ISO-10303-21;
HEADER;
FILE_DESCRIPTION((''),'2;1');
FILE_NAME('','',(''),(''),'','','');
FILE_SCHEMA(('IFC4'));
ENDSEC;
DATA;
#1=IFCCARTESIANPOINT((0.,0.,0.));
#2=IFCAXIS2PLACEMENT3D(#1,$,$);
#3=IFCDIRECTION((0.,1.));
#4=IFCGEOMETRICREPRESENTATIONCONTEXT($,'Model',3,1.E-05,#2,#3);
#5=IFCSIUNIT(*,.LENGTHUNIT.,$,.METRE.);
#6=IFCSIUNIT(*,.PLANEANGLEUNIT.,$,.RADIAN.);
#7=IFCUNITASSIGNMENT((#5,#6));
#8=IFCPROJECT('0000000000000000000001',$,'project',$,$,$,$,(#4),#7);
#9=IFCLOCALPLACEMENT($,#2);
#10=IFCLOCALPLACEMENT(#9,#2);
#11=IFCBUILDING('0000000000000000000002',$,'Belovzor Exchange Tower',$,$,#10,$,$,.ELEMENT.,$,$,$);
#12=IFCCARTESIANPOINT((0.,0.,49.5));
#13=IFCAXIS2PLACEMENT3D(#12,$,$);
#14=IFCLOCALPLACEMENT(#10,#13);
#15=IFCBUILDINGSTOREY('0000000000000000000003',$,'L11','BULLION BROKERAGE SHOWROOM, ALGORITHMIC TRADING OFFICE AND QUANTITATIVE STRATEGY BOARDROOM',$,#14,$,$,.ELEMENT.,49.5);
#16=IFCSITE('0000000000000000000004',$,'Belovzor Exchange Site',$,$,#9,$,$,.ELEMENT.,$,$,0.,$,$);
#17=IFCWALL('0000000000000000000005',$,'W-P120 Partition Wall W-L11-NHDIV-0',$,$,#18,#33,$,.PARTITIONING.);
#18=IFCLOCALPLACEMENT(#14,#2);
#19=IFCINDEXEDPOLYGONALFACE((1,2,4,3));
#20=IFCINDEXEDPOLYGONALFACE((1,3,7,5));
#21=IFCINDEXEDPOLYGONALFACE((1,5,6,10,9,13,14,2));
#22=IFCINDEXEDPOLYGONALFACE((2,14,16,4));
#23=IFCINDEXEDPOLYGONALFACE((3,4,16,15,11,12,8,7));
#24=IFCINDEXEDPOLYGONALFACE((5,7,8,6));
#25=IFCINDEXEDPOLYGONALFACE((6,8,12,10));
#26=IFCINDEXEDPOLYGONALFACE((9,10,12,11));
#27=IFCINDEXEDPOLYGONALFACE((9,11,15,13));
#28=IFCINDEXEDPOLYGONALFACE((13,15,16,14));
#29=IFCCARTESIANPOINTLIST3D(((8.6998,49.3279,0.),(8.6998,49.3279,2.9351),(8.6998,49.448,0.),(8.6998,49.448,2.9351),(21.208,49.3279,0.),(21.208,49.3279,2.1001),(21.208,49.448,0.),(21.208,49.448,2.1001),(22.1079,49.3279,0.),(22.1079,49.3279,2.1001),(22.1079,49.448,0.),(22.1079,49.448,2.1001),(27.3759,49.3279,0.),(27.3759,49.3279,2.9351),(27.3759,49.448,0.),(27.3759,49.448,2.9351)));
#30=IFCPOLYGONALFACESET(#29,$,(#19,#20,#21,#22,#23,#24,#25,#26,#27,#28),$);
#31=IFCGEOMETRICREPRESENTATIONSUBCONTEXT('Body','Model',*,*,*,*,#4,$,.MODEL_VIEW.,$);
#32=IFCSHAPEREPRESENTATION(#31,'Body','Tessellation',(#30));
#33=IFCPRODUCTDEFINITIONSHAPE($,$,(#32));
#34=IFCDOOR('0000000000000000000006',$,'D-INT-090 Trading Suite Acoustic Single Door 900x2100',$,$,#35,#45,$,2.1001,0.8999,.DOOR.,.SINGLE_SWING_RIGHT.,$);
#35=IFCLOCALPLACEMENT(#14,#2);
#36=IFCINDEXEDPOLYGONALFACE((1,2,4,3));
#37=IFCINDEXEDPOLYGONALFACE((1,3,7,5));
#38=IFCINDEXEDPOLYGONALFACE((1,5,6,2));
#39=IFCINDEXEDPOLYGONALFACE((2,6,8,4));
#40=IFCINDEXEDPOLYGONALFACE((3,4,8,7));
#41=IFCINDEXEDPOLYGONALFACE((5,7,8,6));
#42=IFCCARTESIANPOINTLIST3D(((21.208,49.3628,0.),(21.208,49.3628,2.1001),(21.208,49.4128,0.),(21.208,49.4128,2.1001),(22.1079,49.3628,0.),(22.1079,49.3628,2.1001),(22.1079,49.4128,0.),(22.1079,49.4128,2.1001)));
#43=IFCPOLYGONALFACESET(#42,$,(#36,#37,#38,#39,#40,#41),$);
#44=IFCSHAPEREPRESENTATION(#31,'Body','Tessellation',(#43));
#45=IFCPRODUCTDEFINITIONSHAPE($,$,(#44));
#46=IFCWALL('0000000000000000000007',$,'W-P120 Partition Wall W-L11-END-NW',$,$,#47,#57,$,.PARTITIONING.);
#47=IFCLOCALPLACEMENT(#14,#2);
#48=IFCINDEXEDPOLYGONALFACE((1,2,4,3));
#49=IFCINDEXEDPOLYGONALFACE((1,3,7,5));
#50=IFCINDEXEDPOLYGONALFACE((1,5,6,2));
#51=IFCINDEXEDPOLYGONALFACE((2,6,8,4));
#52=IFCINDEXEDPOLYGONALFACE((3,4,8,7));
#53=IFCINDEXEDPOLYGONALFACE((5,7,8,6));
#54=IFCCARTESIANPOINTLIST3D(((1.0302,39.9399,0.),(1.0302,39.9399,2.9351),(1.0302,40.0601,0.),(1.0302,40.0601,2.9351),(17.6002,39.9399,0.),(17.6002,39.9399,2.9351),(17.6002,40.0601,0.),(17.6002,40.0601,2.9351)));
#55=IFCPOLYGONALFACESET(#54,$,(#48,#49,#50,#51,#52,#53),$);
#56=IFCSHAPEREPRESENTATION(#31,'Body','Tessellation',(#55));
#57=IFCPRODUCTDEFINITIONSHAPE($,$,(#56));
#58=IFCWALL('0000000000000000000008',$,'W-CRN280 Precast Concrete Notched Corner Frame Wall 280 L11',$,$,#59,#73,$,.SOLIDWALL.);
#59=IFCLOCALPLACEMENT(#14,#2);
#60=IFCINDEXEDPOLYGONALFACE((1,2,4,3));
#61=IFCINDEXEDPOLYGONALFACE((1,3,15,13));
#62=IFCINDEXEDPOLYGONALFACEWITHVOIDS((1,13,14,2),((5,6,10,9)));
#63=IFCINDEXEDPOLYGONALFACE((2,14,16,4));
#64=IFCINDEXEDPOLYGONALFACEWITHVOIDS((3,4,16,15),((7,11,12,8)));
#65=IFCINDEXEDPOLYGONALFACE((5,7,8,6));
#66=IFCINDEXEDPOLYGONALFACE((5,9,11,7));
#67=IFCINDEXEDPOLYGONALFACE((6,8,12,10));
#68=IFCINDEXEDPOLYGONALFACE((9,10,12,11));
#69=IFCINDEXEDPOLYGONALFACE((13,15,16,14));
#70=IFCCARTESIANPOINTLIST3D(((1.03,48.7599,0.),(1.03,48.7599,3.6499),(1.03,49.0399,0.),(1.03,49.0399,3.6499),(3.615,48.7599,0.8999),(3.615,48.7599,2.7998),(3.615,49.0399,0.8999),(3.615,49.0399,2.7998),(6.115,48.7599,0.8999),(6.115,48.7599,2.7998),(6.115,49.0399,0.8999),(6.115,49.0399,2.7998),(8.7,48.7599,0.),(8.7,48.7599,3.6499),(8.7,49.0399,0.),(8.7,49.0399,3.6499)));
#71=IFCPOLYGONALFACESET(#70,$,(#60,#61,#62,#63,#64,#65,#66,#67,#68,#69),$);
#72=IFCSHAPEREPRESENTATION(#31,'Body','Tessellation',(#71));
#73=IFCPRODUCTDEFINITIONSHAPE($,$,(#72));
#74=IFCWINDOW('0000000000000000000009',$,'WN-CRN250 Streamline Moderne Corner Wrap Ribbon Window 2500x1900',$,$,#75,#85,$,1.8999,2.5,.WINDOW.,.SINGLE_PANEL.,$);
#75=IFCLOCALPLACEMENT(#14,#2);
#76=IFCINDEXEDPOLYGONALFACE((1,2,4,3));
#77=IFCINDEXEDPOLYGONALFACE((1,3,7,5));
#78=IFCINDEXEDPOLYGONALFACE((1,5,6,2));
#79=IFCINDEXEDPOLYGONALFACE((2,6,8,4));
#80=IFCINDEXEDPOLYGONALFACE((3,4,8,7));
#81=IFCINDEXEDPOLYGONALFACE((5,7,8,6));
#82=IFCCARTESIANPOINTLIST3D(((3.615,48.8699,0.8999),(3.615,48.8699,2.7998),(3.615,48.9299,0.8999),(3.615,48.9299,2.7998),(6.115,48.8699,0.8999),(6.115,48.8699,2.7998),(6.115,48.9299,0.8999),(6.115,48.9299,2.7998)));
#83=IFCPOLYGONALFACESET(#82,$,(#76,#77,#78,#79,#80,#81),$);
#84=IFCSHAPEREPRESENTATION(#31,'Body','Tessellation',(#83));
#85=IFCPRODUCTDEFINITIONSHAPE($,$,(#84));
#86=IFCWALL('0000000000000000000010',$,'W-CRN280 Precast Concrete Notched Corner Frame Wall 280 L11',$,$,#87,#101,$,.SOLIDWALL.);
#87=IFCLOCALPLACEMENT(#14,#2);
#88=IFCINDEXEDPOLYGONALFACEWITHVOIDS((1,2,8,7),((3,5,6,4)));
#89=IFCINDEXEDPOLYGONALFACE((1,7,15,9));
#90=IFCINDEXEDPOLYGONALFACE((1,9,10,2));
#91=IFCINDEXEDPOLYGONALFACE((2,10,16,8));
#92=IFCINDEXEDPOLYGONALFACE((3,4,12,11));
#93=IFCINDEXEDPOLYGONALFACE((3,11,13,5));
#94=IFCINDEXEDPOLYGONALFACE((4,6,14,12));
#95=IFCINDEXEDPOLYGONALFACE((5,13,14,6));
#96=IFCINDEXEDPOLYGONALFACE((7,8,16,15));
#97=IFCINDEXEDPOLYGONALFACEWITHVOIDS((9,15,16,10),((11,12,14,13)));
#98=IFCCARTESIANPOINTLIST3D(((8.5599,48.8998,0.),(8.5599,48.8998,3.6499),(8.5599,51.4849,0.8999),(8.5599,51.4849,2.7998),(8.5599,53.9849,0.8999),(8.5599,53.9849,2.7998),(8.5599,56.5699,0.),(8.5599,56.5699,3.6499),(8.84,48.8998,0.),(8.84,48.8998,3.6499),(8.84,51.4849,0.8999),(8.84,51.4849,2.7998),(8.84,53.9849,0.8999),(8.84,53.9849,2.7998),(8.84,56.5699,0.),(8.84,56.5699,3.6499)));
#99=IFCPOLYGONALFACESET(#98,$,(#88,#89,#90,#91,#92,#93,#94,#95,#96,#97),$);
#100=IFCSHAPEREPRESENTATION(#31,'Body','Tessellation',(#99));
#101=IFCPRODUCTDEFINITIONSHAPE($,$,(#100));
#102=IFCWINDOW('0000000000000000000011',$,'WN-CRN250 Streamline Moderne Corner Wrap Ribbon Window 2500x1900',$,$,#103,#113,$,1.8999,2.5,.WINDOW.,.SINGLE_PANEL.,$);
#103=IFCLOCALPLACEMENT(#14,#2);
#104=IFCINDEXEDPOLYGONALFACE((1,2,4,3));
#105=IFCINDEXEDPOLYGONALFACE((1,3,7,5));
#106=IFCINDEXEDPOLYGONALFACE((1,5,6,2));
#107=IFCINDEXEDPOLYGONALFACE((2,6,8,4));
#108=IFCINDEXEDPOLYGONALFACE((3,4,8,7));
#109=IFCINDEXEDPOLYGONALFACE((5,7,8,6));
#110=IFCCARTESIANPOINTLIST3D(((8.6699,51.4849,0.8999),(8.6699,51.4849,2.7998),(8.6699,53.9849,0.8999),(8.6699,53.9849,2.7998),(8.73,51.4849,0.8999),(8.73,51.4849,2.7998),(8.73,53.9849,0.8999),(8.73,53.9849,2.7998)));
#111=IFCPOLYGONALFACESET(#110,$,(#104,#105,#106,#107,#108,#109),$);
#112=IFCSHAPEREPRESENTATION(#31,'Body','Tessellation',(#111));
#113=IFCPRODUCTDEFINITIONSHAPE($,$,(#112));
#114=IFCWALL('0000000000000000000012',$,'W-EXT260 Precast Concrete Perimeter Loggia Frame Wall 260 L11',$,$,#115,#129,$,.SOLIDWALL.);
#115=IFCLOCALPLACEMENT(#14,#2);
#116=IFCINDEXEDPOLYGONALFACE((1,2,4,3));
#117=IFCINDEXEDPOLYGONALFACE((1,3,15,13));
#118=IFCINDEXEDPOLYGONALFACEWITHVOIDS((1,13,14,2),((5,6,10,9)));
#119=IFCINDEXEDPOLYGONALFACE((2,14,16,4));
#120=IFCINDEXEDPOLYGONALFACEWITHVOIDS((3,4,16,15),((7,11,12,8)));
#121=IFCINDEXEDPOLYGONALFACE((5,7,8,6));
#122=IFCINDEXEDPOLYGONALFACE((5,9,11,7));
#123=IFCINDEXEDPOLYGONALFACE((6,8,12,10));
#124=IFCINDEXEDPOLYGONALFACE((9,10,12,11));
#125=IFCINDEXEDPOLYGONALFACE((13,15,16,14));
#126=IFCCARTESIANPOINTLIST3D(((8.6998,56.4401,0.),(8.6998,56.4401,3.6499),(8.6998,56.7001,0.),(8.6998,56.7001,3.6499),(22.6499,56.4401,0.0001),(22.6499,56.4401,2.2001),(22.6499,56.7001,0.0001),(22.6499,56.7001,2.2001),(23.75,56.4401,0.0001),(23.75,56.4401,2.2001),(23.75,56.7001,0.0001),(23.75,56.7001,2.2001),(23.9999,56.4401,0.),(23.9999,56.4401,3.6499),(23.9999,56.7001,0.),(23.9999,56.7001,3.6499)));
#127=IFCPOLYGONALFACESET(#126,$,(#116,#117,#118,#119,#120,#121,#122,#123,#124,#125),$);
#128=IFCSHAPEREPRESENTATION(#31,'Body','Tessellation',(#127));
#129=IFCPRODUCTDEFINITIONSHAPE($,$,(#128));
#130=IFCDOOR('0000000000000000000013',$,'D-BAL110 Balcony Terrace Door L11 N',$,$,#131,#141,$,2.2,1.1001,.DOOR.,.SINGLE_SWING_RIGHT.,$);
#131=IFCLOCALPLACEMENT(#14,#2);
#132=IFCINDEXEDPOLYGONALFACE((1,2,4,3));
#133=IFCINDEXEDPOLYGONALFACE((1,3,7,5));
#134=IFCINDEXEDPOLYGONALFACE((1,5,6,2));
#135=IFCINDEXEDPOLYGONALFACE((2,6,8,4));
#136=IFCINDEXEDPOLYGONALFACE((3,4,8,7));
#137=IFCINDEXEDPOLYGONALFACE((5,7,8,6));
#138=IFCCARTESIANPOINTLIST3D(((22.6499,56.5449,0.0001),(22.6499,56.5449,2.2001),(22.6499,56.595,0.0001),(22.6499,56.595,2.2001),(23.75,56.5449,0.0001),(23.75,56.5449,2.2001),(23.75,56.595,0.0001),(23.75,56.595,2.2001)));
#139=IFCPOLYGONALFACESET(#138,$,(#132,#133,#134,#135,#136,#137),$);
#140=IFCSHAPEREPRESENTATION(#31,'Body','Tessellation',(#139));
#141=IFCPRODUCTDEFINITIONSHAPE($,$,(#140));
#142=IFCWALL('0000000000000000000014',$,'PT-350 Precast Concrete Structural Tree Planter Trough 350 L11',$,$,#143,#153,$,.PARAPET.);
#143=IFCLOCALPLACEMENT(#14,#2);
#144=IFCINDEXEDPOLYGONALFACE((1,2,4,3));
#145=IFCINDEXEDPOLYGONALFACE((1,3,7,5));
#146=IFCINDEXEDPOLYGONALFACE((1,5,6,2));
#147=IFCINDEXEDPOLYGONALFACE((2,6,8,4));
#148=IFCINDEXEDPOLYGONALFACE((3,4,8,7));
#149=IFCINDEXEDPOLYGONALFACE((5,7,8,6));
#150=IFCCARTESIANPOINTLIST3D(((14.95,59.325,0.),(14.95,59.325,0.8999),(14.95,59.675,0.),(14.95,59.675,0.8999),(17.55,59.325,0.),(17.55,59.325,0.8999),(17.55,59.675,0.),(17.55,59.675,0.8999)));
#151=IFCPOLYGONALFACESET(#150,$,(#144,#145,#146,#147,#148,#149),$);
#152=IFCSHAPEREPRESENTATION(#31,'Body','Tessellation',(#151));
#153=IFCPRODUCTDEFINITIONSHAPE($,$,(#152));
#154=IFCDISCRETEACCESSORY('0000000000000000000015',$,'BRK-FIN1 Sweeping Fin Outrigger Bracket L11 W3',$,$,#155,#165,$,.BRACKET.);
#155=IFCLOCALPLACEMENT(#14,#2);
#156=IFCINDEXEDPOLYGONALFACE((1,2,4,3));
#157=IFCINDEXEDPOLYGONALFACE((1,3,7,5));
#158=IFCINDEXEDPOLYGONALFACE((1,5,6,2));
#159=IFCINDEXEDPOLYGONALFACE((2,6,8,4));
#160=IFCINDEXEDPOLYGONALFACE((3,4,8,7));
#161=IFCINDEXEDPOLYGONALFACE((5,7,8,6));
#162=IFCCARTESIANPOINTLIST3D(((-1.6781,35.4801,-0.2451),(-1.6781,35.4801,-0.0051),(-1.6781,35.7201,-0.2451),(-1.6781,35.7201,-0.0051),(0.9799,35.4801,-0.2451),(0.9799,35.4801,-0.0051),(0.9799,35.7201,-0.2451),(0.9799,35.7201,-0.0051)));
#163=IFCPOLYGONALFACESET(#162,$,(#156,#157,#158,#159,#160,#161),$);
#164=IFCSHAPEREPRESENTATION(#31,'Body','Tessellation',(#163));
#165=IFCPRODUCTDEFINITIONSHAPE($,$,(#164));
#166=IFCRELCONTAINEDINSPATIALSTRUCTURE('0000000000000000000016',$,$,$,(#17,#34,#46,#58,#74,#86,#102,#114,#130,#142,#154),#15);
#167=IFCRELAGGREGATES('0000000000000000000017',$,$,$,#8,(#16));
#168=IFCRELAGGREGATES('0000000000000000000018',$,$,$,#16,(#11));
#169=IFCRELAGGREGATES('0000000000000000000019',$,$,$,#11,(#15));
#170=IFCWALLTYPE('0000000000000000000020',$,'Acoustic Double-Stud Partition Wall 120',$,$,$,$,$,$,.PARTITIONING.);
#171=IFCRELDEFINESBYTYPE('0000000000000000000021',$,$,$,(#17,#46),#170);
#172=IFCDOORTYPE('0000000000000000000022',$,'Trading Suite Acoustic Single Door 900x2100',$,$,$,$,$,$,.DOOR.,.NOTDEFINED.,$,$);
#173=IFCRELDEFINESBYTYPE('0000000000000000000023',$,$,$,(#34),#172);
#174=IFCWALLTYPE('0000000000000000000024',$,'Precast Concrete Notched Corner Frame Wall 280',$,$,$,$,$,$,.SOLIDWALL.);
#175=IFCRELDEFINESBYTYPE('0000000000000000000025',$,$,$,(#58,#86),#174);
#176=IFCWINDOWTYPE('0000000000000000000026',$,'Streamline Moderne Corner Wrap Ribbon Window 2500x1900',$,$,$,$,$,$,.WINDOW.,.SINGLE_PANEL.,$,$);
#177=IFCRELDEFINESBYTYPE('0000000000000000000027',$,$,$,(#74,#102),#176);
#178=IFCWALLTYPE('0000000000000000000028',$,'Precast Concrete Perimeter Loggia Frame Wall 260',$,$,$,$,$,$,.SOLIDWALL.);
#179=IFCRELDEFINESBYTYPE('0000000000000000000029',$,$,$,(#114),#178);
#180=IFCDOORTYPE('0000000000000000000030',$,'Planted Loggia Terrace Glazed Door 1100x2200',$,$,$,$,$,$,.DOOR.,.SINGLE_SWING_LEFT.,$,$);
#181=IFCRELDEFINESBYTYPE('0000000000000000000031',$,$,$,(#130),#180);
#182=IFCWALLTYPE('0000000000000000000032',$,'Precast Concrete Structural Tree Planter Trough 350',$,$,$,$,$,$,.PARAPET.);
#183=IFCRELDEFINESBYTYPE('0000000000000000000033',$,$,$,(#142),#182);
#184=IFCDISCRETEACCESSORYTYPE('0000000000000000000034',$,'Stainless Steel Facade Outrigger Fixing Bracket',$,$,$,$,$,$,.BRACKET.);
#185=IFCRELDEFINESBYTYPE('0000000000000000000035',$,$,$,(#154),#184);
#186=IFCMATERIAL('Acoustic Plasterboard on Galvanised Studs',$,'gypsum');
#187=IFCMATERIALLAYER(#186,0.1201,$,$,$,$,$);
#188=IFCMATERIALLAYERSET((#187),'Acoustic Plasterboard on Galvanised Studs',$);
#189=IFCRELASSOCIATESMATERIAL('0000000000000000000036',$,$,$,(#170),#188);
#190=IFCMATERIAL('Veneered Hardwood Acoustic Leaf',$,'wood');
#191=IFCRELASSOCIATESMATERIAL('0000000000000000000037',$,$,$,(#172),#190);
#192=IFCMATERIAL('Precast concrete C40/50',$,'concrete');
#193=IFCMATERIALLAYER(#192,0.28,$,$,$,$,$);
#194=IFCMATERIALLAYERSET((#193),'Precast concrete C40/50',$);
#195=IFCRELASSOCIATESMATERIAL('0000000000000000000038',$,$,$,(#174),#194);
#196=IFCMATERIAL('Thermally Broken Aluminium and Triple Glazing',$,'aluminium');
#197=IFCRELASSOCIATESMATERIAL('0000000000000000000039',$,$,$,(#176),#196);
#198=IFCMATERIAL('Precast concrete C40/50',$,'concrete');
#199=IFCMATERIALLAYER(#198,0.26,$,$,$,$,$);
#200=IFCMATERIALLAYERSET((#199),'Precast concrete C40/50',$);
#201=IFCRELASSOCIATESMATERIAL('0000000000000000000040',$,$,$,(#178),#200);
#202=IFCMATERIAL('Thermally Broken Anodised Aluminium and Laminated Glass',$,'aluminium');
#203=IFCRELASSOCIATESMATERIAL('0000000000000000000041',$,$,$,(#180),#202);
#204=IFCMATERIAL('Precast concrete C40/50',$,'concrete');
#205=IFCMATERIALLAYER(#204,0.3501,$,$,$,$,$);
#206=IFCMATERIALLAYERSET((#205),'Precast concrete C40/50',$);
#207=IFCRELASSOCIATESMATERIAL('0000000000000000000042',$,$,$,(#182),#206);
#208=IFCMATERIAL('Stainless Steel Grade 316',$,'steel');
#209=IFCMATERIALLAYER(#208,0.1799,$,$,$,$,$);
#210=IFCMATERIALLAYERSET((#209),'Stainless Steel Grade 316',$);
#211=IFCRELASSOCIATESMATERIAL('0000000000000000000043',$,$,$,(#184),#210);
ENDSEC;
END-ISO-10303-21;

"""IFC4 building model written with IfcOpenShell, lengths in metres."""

from ifc_helpers import new_model, si_unit, direction, frame, frame_2d, origin, origin_2d, place, context, subcontext, project, spatial, rectangle, extrude, material, layer, layer_set, type_object, element, fill, save


model = new_model("IFC4")

# Units and contexts
model_context = context("Model", 3, precision=1e-05, world=origin(), true_north=direction((0.0, 1.0)))
body_context = subcontext(model_context, "Body", "Model", "MODEL_VIEW")
ifc_project = project(units=[si_unit("LENGTHUNIT", "METRE"), si_unit("PLANEANGLEUNIT", "RADIAN")], contexts=[model_context])

# Site, building, storey
site_placement = place(None, origin())
site = spatial("IfcSite", under=ifc_project, at=site_placement, Name="Belovzor Exchange Site", CompositionType="ELEMENT", RefElevation=0.0)
building_placement = place(site_placement, origin())
building = spatial("IfcBuilding", under=site, at=building_placement, Name="Belovzor Exchange Tower", CompositionType="ELEMENT")
storey_placement = place(building_placement, frame((0.0, 0.0, 49.5)))
storey = spatial("IfcBuildingStorey", under=building, at=storey_placement, Name="L11", Description="BULLION BROKERAGE SHOWROOM, ALGORITHMIC TRADING OFFICE AND QUANTITATIVE STRATEGY BOARDROOM", CompositionType="ELEMENT", Elevation=49.5)

# Wall, opening, door
ifc_material_1 = material(Name="Acoustic Plasterboard on Galvanised Studs", Category="gypsum")
ifc_layer_1 = layer(ifc_material_1, 0.1201)
ifc_layer_set_1 = layer_set([ifc_layer_1], Name="Acoustic Plasterboard on Galvanised Studs")
wall_type_1 = type_object("IfcWallType", Name="Acoustic Double-Stud Partition Wall 120", PredefinedType="PARTITIONING", material=ifc_layer_set_1)
wall_1_placement = place(storey_placement, frame((8.7, 49.3879, 0.0), z_axis=(0.0, 0.0, 1.0), x_axis=(1.0, 0.0, 0.0)))
wall_1 = element("IfcWall", 1, at=wall_1_placement, inside=storey, type_object=wall_type_1, Name="W-P120 Partition Wall W-L11-NHDIV-0", PredefinedType="PARTITIONING", context=body_context, shape_type="SweptSolid", body=[
    extrude(rectangle(XDim=18.676, YDim=0.1201, at=frame_2d((9.3379, 0.0))), origin(), (0.0, 0.0, 1.0), 2.9351),
])
opening_1_placement = place(wall_1_placement, frame((12.5081, 0.0, 0.0)))
opening_1 = element("IfcOpeningElement", 2, at=opening_1_placement, cuts=wall_1, PredefinedType="OPENING", context=body_context, shape_type="SweptSolid", body=[
    extrude(rectangle(XDim=0.8999, YDim=2.1001, at=frame_2d((0.45, 1.05))), frame((0.0, 0.0701, 0.0), z_axis=(0.0, -1.0, 0.0), x_axis=(1.0, 0.0, 0.0)), (0.0, 0.0, 1.0), 0.1401),
])
ifc_material_2 = material(Name="Veneered Hardwood Acoustic Leaf", Category="wood")
door_type_1 = type_object("IfcDoorType", Name="Trading Suite Acoustic Single Door 900x2100", OperationType="NOTDEFINED", PredefinedType="DOOR", material=ifc_material_2)
door_1_placement = place(opening_1_placement, origin())
door_1 = element("IfcDoor", 3, at=door_1_placement, inside=storey, type_object=door_type_1, Name="D-INT-090 Trading Suite Acoustic Single Door 900x2100", OperationType="SINGLE_SWING_RIGHT", OverallHeight=2.1001, OverallWidth=0.8999, PredefinedType="DOOR", context=body_context, shape_type="SweptSolid", body=[
    extrude(rectangle(XDim=0.8999, YDim=2.1001, at=frame_2d((0.45, 1.05))), frame((0.0, 0.0249, 0.0), z_axis=(0.0, -1.0, 0.0), x_axis=(1.0, 0.0, 0.0)), (0.0, 0.0, 1.0), 0.05),
])
fill(opening_1, door_1)

# Wall
wall_2_placement = place(storey_placement, frame((1.03, 40.0, 0.0), z_axis=(0.0, 0.0, 1.0), x_axis=(1.0, 0.0, 0.0)))
element("IfcWall", 4, at=wall_2_placement, inside=storey, type_object=wall_type_1, Name="W-P120 Partition Wall W-L11-END-NW", PredefinedType="PARTITIONING", context=body_context, shape_type="SweptSolid", body=[
    extrude(rectangle(XDim=16.5701, YDim=0.1201, at=frame_2d((8.2852, 0.0))), origin(), (0.0, 0.0, 1.0), 2.9351),
])

# Walls, openings, windows
ifc_material_3 = material(Name="Precast concrete C40/50", Category="concrete")
ifc_layer_2 = layer(ifc_material_3, 0.28)
ifc_layer_set_2 = layer_set([ifc_layer_2], Name="Precast concrete C40/50")
wall_type_2 = type_object("IfcWallType", Name="Precast Concrete Notched Corner Frame Wall 280", PredefinedType="SOLIDWALL", material=ifc_layer_set_2)
wall_3_placement = place(storey_placement, frame((1.03, 48.8999, 0.0), z_axis=(0.0, 0.0, 1.0), x_axis=(1.0, 0.0, 0.0)))
wall_3 = element("IfcWall", 5, at=wall_3_placement, inside=storey, type_object=wall_type_2, Name="W-CRN280 Precast Concrete Notched Corner Frame Wall 280 L11", PredefinedType="SOLIDWALL", context=body_context, shape_type="SweptSolid", body=[
    extrude(rectangle(XDim=7.6699, YDim=0.28, at=frame_2d((3.835, 0.0))), origin(), (0.0, 0.0, 1.0), 3.6499),
])
opening_2_placement = place(wall_3_placement, frame((2.585, 0.0, 0.8999)))
opening_2 = element("IfcOpeningElement", 6, at=opening_2_placement, cuts=wall_3, PredefinedType="OPENING", context=body_context, shape_type="SweptSolid", body=[
    extrude(rectangle(XDim=2.5, YDim=1.8999, at=frame_2d((1.25, 0.95))), frame((0.0, 0.1499, 0.0), z_axis=(0.0, -1.0, 0.0), x_axis=(1.0, 0.0, 0.0)), (0.0, 0.0, 1.0), 0.3),
])
ifc_material_4 = material(Name="Thermally Broken Aluminium and Triple Glazing", Category="aluminium")
window_type = type_object("IfcWindowType", Name="Streamline Moderne Corner Wrap Ribbon Window 2500x1900", PartitioningType="SINGLE_PANEL", PredefinedType="WINDOW", material=ifc_material_4)
window_1_placement = place(opening_2_placement, origin())
window_1 = element("IfcWindow", 7, at=window_1_placement, inside=storey, type_object=window_type, Name="WN-CRN250 Streamline Moderne Corner Wrap Ribbon Window 2500x1900", OverallHeight=1.8999, OverallWidth=2.5, PartitioningType="SINGLE_PANEL", PredefinedType="WINDOW", context=body_context, shape_type="SweptSolid", body=[
    extrude(rectangle(XDim=2.5, YDim=1.8999, at=frame_2d((1.25, 0.95))), frame((0.0, 0.03, 0.0), z_axis=(0.0, -1.0, 0.0), x_axis=(1.0, 0.0, 0.0)), (0.0, 0.0, 1.0), 0.0601),
])
fill(opening_2, window_1)
wall_4_placement = place(storey_placement, frame((8.7, 48.8999, 0.0), z_axis=(0.0, 0.0, 1.0), x_axis=(0.0, 1.0, 0.0)))
wall_4 = element("IfcWall", 8, at=wall_4_placement, inside=storey, type_object=wall_type_2, Name="W-CRN280 Precast Concrete Notched Corner Frame Wall 280 L11", PredefinedType="SOLIDWALL", context=body_context, shape_type="SweptSolid", body=[
    extrude(rectangle(XDim=7.6702, YDim=0.28, at=frame_2d((3.835, 0.0))), origin(), (0.0, 0.0, 1.0), 3.6499),
])
opening_3_placement = place(wall_4_placement, frame((2.585, 0.0, 0.8999)))
opening_3 = element("IfcOpeningElement", 9, at=opening_3_placement, cuts=wall_4, PredefinedType="OPENING", context=body_context, shape_type="SweptSolid", body=[
    extrude(rectangle(XDim=2.5, YDim=1.8999, at=frame_2d((1.25, 0.95))), frame((0.0, 0.1499, 0.0), z_axis=(0.0, -1.0, 0.0), x_axis=(1.0, 0.0, 0.0)), (0.0, 0.0, 1.0), 0.3),
])
window_2_placement = place(opening_3_placement, origin())
window_2 = element("IfcWindow", 10, at=window_2_placement, inside=storey, type_object=window_type, Name="WN-CRN250 Streamline Moderne Corner Wrap Ribbon Window 2500x1900", OverallHeight=1.8999, OverallWidth=2.5, PartitioningType="SINGLE_PANEL", PredefinedType="WINDOW", context=body_context, shape_type="SweptSolid", body=[
    extrude(rectangle(XDim=2.5, YDim=1.8999, at=frame_2d((1.25, 0.95))), frame((0.0, 0.03, 0.0), z_axis=(0.0, -1.0, 0.0), x_axis=(1.0, 0.0, 0.0)), (0.0, 0.0, 1.0), 0.0601),
])
fill(opening_3, window_2)

# Wall, opening, door
ifc_material_5 = material(Name="Precast concrete C40/50", Category="concrete")
ifc_layer_3 = layer(ifc_material_5, 0.26)
ifc_layer_set_3 = layer_set([ifc_layer_3], Name="Precast concrete C40/50")
wall_type_3 = type_object("IfcWallType", Name="Precast Concrete Perimeter Loggia Frame Wall 260", PredefinedType="SOLIDWALL", material=ifc_layer_set_3)
wall_5_placement = place(storey_placement, frame((8.7, 56.5701, 0.0), z_axis=(0.0, 0.0, 1.0), x_axis=(1.0, 0.0, 0.0)))
wall_5 = element("IfcWall", 11, at=wall_5_placement, inside=storey, type_object=wall_type_3, Name="W-EXT260 Precast Concrete Perimeter Loggia Frame Wall 260 L11", PredefinedType="SOLIDWALL", context=body_context, shape_type="SweptSolid", body=[
    extrude(rectangle(XDim=15.3, YDim=0.26, at=frame_2d((7.6499, 0.0))), origin(), (0.0, 0.0, 1.0), 3.6499),
])
opening_4_placement = place(wall_5_placement, frame((13.95, 0.0, 0.0)))
opening_4 = element("IfcOpeningElement", 12, at=opening_4_placement, cuts=wall_5, PredefinedType="OPENING", context=body_context, shape_type="SweptSolid", body=[
    extrude(rectangle(XDim=1.1001, YDim=2.2, at=frame_2d((0.55, 1.1001))), frame((0.0, 0.1399, 0.0), z_axis=(0.0, -1.0, 0.0), x_axis=(1.0, 0.0, 0.0)), (0.0, 0.0, 1.0), 0.28),
])
ifc_material_6 = material(Name="Thermally Broken Anodised Aluminium and Laminated Glass", Category="aluminium")
door_type_2 = type_object("IfcDoorType", Name="Planted Loggia Terrace Glazed Door 1100x2200", OperationType="SINGLE_SWING_LEFT", PredefinedType="DOOR", material=ifc_material_6)
door_2_placement = place(opening_4_placement, origin())
door_2 = element("IfcDoor", 13, at=door_2_placement, inside=storey, type_object=door_type_2, Name="D-BAL110 Balcony Terrace Door L11 N", OperationType="SINGLE_SWING_RIGHT", OverallHeight=2.2, OverallWidth=1.1001, PredefinedType="DOOR", context=body_context, shape_type="SweptSolid", body=[
    extrude(rectangle(XDim=1.1001, YDim=2.2, at=frame_2d((0.55, 1.1001))), frame((0.0, 0.0249, 0.0), z_axis=(0.0, -1.0, 0.0), x_axis=(1.0, 0.0, 0.0)), (0.0, 0.0, 1.0), 0.05),
])
fill(opening_4, door_2)

# Wall
ifc_material_7 = material(Name="Precast concrete C40/50", Category="concrete")
ifc_layer_4 = layer(ifc_material_7, 0.3501)
ifc_layer_set_4 = layer_set([ifc_layer_4], Name="Precast concrete C40/50")
wall_type_4 = type_object("IfcWallType", Name="Precast Concrete Structural Tree Planter Trough 350", PredefinedType="PARAPET", material=ifc_layer_set_4)
wall_6_placement = place(storey_placement, frame((14.95, 59.5, 0.0), z_axis=(0.0, 0.0, 1.0), x_axis=(1.0, 0.0, 0.0)))
element("IfcWall", 14, at=wall_6_placement, inside=storey, type_object=wall_type_4, Name="PT-350 Precast Concrete Structural Tree Planter Trough 350 L11", PredefinedType="PARAPET", context=body_context, shape_type="SweptSolid", body=[
    extrude(rectangle(XDim=2.6001, YDim=0.3501, at=frame_2d((1.3, 0.0))), origin(), (0.0, 0.0, 1.0), 0.8999),
])

# Discrete accessory
ifc_material_8 = material(Name="Stainless Steel Grade 316", Category="steel")
ifc_layer_5 = layer(ifc_material_8, 0.1799)
ifc_layer_set_5 = layer_set([ifc_layer_5], Name="Stainless Steel Grade 316")
discrete_accessory_type = type_object("IfcDiscreteAccessoryType", Name="Stainless Steel Facade Outrigger Fixing Bracket", PredefinedType="BRACKET", material=ifc_layer_set_5)
for number, where, z_axis, x_axis, name in (
    (15, (-0.3491, 35.6001, -0.2451), (0.0, 0.0, 1.0), (1.0, 0.0, 0.0), "BRK-FIN1 Sweeping Fin Outrigger Bracket L11 W3"),
):
    element("IfcDiscreteAccessory", number, at=place(storey_placement, frame(where, z_axis=z_axis, x_axis=x_axis)), inside=storey, type_object=discrete_accessory_type, Name=name, PredefinedType="BRACKET", context=body_context, shape_type="SweptSolid", body=[
        extrude(rectangle(XDim=2.658, YDim=0.24, at=origin_2d()), origin(), (0.0, 0.0, 1.0), 0.24),
    ])

save(model, "model.ifc")
